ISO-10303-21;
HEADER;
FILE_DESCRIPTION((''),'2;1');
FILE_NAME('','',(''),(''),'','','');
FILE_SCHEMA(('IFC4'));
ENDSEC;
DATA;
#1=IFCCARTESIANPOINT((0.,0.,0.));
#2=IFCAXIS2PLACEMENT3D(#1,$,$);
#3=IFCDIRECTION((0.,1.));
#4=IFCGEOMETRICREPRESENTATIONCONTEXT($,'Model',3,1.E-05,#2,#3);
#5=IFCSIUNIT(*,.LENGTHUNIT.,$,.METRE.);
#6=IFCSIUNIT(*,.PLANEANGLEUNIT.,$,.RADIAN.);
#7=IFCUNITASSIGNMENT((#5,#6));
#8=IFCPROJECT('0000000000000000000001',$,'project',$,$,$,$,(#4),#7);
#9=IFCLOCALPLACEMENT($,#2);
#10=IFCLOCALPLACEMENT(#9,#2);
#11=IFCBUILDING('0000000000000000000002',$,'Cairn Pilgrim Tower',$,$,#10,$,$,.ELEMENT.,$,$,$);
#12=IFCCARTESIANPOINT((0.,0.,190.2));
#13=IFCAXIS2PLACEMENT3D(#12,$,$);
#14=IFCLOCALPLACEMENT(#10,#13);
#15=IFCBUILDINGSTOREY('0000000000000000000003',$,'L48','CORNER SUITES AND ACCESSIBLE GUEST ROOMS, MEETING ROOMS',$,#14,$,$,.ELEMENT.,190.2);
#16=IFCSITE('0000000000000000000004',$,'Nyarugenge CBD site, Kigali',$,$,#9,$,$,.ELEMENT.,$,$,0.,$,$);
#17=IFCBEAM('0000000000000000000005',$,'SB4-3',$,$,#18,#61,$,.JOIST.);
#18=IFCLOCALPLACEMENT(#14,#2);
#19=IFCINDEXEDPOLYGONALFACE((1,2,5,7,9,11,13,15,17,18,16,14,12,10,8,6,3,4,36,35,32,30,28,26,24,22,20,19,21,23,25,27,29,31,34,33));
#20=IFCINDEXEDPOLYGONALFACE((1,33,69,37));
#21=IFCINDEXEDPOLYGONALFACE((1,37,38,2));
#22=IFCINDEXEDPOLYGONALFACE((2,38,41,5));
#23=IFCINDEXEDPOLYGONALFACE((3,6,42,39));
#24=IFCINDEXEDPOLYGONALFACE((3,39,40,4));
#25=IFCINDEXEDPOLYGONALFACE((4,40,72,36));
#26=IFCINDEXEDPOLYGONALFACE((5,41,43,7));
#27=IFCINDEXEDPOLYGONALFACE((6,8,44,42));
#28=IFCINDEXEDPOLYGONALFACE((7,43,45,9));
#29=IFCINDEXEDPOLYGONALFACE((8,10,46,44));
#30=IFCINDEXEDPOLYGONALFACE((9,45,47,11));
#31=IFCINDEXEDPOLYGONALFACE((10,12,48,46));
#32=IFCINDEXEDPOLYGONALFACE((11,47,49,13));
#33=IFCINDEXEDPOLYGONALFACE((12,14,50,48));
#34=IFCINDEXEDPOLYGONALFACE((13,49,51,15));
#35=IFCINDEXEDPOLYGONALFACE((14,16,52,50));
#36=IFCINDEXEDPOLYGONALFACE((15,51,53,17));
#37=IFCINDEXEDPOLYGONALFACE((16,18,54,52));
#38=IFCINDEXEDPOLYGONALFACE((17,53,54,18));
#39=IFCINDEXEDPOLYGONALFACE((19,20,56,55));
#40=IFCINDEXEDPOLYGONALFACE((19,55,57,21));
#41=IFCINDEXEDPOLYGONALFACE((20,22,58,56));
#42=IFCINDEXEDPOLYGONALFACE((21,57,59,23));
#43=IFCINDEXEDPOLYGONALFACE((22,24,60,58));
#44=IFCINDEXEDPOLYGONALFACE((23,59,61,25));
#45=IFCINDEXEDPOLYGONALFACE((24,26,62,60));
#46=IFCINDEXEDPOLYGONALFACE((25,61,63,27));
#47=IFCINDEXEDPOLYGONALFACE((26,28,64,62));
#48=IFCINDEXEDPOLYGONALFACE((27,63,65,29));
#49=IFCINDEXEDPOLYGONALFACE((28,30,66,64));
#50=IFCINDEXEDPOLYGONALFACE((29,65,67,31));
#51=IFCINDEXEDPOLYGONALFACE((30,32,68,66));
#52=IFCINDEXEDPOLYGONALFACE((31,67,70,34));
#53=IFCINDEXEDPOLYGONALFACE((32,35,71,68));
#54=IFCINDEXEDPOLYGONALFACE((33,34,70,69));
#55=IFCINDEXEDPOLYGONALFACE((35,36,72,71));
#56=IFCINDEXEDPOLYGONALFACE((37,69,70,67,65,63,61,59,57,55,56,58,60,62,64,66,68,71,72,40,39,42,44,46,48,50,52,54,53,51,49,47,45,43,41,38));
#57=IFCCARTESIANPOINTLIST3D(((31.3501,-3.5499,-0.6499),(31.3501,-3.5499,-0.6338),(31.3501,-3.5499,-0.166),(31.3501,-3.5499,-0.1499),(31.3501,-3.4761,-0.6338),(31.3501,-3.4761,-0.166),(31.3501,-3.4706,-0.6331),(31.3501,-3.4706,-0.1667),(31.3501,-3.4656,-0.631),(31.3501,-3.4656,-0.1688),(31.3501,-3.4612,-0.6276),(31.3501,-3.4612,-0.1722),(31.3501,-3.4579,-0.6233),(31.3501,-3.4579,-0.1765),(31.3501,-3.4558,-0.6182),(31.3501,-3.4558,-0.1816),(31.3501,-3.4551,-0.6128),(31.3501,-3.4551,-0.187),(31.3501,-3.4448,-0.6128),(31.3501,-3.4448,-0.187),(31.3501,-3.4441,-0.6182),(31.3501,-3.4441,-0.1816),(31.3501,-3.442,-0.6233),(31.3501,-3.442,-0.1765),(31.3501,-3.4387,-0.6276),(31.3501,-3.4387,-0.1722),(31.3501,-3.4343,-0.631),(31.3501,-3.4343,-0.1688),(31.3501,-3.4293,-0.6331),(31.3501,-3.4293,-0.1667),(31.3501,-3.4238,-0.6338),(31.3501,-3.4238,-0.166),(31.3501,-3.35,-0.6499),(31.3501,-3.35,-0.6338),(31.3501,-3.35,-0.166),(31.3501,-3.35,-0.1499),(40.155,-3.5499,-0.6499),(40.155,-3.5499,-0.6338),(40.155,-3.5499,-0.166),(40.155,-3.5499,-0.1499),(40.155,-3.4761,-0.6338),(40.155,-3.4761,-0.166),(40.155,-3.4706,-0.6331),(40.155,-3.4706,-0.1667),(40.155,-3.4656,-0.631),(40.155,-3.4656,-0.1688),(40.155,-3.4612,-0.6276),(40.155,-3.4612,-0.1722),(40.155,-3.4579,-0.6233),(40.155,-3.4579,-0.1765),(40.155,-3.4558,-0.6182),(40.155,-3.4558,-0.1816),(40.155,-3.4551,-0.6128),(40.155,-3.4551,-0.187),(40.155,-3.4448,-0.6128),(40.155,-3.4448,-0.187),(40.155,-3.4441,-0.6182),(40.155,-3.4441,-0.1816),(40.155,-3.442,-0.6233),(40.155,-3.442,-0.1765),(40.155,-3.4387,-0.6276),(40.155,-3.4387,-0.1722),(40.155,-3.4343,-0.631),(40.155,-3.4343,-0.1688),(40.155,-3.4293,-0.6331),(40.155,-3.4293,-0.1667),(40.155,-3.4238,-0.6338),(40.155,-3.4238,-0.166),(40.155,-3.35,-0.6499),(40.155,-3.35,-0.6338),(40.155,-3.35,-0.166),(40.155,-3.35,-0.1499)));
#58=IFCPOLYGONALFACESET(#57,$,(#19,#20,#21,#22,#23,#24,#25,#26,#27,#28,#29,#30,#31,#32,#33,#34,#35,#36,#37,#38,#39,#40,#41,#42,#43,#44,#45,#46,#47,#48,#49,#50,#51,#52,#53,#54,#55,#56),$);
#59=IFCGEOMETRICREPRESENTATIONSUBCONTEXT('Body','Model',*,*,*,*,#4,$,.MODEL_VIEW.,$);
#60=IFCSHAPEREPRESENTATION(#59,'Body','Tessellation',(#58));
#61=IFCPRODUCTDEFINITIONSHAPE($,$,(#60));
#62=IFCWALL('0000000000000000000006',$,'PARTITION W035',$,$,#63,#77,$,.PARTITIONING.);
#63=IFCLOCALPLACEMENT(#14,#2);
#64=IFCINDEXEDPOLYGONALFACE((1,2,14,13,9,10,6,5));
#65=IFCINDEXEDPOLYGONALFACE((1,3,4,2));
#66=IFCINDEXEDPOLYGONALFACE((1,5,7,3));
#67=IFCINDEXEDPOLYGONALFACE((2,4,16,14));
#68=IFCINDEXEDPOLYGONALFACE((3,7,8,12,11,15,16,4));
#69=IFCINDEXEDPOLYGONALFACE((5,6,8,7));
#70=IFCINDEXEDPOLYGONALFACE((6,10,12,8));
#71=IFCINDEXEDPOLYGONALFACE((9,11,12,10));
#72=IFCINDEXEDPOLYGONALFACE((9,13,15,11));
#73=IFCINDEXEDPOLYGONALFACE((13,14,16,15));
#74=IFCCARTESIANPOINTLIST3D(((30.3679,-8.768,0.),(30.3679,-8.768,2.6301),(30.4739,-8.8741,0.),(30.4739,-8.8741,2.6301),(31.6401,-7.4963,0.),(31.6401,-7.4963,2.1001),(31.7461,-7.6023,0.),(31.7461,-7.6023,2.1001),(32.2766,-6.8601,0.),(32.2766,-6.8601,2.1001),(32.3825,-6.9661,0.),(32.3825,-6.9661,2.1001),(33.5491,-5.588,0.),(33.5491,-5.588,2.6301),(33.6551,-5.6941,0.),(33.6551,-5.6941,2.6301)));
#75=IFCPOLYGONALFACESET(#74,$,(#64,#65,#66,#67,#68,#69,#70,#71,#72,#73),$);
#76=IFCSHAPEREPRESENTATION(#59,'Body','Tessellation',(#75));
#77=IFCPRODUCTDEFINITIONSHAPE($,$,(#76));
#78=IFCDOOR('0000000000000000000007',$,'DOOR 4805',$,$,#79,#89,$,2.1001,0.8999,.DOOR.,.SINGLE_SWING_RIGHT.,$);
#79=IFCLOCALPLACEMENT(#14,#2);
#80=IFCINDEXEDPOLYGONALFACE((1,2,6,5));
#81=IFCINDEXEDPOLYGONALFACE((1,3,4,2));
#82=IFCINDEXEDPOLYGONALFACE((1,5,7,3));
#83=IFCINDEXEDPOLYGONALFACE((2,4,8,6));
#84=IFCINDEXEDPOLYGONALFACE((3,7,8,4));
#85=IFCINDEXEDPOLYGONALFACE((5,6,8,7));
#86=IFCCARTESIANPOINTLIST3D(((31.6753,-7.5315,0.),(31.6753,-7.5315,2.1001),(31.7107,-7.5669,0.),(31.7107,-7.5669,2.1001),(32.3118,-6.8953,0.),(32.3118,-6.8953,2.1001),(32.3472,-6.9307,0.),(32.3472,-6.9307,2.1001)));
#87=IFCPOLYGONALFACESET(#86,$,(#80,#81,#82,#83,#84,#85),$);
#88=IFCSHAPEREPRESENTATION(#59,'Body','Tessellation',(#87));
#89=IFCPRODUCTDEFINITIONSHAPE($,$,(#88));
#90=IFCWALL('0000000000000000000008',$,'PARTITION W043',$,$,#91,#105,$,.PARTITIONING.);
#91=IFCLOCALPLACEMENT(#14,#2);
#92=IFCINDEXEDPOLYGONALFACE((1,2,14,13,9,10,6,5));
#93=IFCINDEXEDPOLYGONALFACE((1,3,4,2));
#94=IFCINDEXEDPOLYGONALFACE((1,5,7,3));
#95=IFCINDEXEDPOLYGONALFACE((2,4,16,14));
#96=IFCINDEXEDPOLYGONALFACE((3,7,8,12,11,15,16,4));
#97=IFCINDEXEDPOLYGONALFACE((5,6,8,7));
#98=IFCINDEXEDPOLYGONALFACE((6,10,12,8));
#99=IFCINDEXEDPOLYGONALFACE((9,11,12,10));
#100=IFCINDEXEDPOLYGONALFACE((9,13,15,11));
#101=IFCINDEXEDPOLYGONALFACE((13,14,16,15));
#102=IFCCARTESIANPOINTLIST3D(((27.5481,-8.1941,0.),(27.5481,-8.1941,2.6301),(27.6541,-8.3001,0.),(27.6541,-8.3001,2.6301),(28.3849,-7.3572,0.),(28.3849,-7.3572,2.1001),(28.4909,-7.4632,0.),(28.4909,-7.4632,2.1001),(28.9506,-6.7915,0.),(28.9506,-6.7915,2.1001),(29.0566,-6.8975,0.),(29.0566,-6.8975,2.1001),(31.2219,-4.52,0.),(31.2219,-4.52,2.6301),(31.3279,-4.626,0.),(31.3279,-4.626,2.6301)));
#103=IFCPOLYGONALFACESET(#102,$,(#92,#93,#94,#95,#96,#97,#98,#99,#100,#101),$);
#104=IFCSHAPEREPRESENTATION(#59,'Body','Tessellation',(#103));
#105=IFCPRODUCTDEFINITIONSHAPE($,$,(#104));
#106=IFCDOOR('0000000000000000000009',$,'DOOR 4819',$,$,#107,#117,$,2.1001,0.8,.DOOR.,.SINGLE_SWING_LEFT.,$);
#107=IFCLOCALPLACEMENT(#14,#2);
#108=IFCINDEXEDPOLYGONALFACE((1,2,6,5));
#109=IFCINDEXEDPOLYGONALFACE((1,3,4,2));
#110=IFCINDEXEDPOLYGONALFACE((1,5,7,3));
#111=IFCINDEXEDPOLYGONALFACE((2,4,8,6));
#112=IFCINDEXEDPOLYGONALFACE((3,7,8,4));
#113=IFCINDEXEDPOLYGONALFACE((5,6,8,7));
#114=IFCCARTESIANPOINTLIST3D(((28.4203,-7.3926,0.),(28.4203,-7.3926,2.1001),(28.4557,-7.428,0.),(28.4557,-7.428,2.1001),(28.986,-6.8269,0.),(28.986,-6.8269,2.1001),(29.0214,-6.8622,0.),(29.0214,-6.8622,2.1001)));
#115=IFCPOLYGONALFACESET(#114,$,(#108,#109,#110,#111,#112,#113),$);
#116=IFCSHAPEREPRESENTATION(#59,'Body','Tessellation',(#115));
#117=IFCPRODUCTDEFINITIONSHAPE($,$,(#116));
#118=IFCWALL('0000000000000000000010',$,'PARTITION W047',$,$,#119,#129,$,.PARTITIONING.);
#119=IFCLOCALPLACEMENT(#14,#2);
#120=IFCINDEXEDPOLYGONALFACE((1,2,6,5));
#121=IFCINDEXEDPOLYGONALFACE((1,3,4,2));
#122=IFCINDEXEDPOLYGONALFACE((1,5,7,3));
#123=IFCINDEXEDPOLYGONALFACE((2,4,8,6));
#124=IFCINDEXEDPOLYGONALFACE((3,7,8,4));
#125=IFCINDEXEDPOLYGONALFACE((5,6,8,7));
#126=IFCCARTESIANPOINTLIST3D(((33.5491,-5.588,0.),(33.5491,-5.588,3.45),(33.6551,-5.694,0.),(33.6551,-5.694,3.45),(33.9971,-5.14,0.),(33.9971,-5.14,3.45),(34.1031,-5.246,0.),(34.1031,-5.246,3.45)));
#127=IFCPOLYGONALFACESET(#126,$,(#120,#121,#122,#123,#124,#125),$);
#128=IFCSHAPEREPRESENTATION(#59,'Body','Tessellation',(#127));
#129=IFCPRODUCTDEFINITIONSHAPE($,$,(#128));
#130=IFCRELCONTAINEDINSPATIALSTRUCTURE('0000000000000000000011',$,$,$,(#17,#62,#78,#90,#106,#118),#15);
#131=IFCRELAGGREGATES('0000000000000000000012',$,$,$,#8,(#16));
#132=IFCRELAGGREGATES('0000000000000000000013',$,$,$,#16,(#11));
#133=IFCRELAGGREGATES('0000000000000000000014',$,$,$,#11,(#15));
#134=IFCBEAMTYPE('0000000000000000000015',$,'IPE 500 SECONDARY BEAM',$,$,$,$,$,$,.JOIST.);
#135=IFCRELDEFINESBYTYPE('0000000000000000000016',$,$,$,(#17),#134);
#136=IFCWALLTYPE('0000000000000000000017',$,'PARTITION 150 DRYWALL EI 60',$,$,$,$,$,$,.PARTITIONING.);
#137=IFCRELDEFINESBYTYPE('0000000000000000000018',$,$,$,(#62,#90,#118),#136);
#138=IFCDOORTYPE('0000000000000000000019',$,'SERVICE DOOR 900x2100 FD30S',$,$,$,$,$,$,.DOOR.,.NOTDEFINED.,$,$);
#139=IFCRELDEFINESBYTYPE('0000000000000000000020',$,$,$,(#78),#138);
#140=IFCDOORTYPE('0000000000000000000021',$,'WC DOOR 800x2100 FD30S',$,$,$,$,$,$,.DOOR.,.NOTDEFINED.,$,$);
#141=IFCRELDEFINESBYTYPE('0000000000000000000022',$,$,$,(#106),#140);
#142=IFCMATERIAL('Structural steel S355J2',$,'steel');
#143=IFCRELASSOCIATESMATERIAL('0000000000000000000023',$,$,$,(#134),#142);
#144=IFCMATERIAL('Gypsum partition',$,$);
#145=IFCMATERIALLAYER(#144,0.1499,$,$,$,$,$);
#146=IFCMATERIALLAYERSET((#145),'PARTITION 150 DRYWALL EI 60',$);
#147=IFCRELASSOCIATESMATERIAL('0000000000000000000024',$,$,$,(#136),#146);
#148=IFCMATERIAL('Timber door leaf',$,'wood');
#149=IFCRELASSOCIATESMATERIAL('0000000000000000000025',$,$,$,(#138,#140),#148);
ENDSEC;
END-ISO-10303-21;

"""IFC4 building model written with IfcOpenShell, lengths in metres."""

from ifc_helpers import new_model, si_unit, direction, frame, frame_2d, origin, origin_2d, place, context, subcontext, project, spatial, rectangle, i_section, extrude, material, layer, layer_set, material_profile, profile_set, type_object, element, fill, save


model = new_model("IFC4")

# Units and contexts
model_context = context("Model", 3, precision=1e-05, world=origin(), true_north=direction((0.0, 1.0)))
body_context = subcontext(model_context, "Body", "Model", "MODEL_VIEW")
ifc_project = project(units=[si_unit("LENGTHUNIT", "METRE"), si_unit("PLANEANGLEUNIT", "RADIAN")], contexts=[model_context])

# Site, building, storey
site_placement = place(None, origin())
site = spatial("IfcSite", under=ifc_project, at=site_placement, Name="Nyarugenge CBD site, Kigali", CompositionType="ELEMENT", RefElevation=0.0)
building_placement = place(site_placement, origin())
building = spatial("IfcBuilding", under=site, at=building_placement, Name="Cairn Pilgrim Tower", CompositionType="ELEMENT")
storey_placement = place(building_placement, frame((0.0, 0.0, 190.2)))
storey = spatial("IfcBuildingStorey", under=building, at=storey_placement, Name="L48", Description="CORNER SUITES AND ACCESSIBLE GUEST ROOMS, MEETING ROOMS", CompositionType="ELEMENT", Elevation=190.2)

# Beam
ifc_material_1 = material(Name="Structural steel S355J2", Category="steel")
ifc_material_profile_1 = material_profile(ifc_material_1, i_section(OverallWidth=0.2, OverallDepth=0.5, WebThickness=0.0103, FlangeThickness=0.0161, FilletRadius=0.021, at=origin_2d()), Name="IPE 500")
ifc_profile_set_1 = profile_set([ifc_material_profile_1], Name="Structural steel S355J2")
beam_type_1 = type_object("IfcBeamType", Name="IPE 500 SECONDARY BEAM", PredefinedType="JOIST", material=ifc_profile_set_1)
beam_1_placement = place(storey_placement, frame((31.3501, -3.45, -0.3999), z_axis=(1.0, 0.0, 0.0), x_axis=(0.0, 1.0, 0.0)))
element("IfcBeam", 1, at=beam_1_placement, inside=storey, type_object=beam_type_1, Name="SB4-3", PredefinedType="JOIST", context=body_context, shape_type="SweptSolid", body=[
    extrude(i_section(OverallWidth=0.2, OverallDepth=0.5, WebThickness=0.0103, FlangeThickness=0.0161, FilletRadius=0.021, at=origin_2d()), origin(), (0.0, 0.0, 1.0), 8.8049),
])

# Walls, openings, doors
ifc_material_2 = material(Name="Gypsum partition")
ifc_layer_1 = layer(ifc_material_2, 0.1499)
ifc_layer_set_1 = layer_set([ifc_layer_1], Name="PARTITION 150 DRYWALL EI 60")
wall_type_1 = type_object("IfcWallType", Name="PARTITION 150 DRYWALL EI 60", PredefinedType="PARTITIONING", material=ifc_layer_set_1)
wall_1_placement = place(storey_placement, frame((30.4209, -8.821, 0.0), z_axis=(0.0, 0.0, 1.0), x_axis=(0.707242, 0.706971, 0.0)))
wall_1 = element("IfcWall", 2, at=wall_1_placement, inside=storey, type_object=wall_type_1, Name="PARTITION W035", PredefinedType="PARTITIONING", context=body_context, shape_type="SweptSolid", body=[
    extrude(rectangle(XDim=4.498, YDim=0.1499, at=frame_2d((2.249, 0.0))), origin(), (0.0, 0.0, 1.0), 2.6301),
])
opening_1_placement = place(wall_1_placement, frame((1.7988, 0.0, 0.0)))
opening_1 = element("IfcOpeningElement", 3, at=opening_1_placement, cuts=wall_1, PredefinedType="OPENING", context=body_context, shape_type="SweptSolid", body=[
    extrude(rectangle(XDim=0.8999, YDim=2.1001, at=frame_2d((0.45, 1.05))), frame((0.0, 0.085, 0.0), z_axis=(0.0, -1.0, 0.0), x_axis=(1.0, 0.0, 0.0)), (0.0, 0.0, 1.0), 0.1699),
])
ifc_material_3 = material(Name="Timber door leaf", Category="wood")
door_type_1 = type_object("IfcDoorType", Name="SERVICE DOOR 900x2100 FD30S", OperationType="NOTDEFINED", PredefinedType="DOOR", material=ifc_material_3)
door_1_placement = place(opening_1_placement, frame((0.8999, 0.0, 0.0), z_axis=(0.0, 0.0, 1.0), x_axis=(-1.0, 0.0, 0.0)))
door_1 = element("IfcDoor", 4, at=door_1_placement, inside=storey, type_object=door_type_1, Name="DOOR 4805", OperationType="SINGLE_SWING_RIGHT", OverallHeight=2.1001, OverallWidth=0.8999, PredefinedType="DOOR", context=body_context, shape_type="SweptSolid", body=[
    extrude(rectangle(XDim=0.8999, YDim=2.1001, at=frame_2d((0.45, 1.05))), frame((0.0, 0.0249, 0.0), z_axis=(0.0, -1.0, 0.0), x_axis=(1.0, 0.0, 0.0)), (0.0, 0.0, 1.0), 0.05),
])
fill(opening_1, door_1)
wall_2_placement = place(storey_placement, frame((27.6011, -8.2471, 0.0), z_axis=(0.0, 0.0, 1.0), x_axis=(0.707083, 0.70713, 0.0)))
wall_2 = element("IfcWall", 5, at=wall_2_placement, inside=storey, type_object=wall_type_1, Name="PARTITION W043", PredefinedType="PARTITIONING", context=body_context, shape_type="SweptSolid", body=[
    extrude(rectangle(XDim=5.1958, YDim=0.1499, at=frame_2d((2.5979, 0.0))), origin(), (0.0, 0.0, 1.0), 2.6301),
])
opening_2_placement = place(wall_2_placement, frame((1.1836, 0.0, 0.0)))
opening_2 = element("IfcOpeningElement", 6, at=opening_2_placement, cuts=wall_2, PredefinedType="OPENING", context=body_context, shape_type="SweptSolid", body=[
    extrude(rectangle(XDim=0.8, YDim=2.1001, at=frame_2d((0.3999, 1.05))), frame((0.0, 0.085, 0.0), z_axis=(0.0, -1.0, 0.0), x_axis=(1.0, 0.0, 0.0)), (0.0, 0.0, 1.0), 0.1699),
])
door_type_2 = type_object("IfcDoorType", Name="WC DOOR 800x2100 FD30S", OperationType="NOTDEFINED", PredefinedType="DOOR", material=ifc_material_3)
door_2_placement = place(opening_2_placement, origin())
door_2 = element("IfcDoor", 7, at=door_2_placement, inside=storey, type_object=door_type_2, Name="DOOR 4819", OperationType="SINGLE_SWING_LEFT", OverallHeight=2.1001, OverallWidth=0.8, PredefinedType="DOOR", context=body_context, shape_type="SweptSolid", body=[
    extrude(rectangle(XDim=0.8, YDim=2.1001, at=frame_2d((0.3999, 1.05))), frame((0.0, 0.0249, 0.0), z_axis=(0.0, -1.0, 0.0), x_axis=(1.0, 0.0, 0.0)), (0.0, 0.0, 1.0), 0.05),
])
fill(opening_2, door_2)

# Wall
wall_3_placement = place(storey_placement, frame((33.6021, -5.6411, 0.0), z_axis=(0.0, 0.0, 1.0), x_axis=(0.707107, 0.707107, 0.0)))
element("IfcWall", 8, at=wall_3_placement, inside=storey, type_object=wall_type_1, Name="PARTITION W047", PredefinedType="PARTITIONING", context=body_context, shape_type="SweptSolid", body=[
    extrude(rectangle(XDim=0.6335, YDim=0.1499, at=frame_2d((0.3169, 0.0))), origin(), (0.0, 0.0, 1.0), 3.45),
])

save(model, "model.ifc")
